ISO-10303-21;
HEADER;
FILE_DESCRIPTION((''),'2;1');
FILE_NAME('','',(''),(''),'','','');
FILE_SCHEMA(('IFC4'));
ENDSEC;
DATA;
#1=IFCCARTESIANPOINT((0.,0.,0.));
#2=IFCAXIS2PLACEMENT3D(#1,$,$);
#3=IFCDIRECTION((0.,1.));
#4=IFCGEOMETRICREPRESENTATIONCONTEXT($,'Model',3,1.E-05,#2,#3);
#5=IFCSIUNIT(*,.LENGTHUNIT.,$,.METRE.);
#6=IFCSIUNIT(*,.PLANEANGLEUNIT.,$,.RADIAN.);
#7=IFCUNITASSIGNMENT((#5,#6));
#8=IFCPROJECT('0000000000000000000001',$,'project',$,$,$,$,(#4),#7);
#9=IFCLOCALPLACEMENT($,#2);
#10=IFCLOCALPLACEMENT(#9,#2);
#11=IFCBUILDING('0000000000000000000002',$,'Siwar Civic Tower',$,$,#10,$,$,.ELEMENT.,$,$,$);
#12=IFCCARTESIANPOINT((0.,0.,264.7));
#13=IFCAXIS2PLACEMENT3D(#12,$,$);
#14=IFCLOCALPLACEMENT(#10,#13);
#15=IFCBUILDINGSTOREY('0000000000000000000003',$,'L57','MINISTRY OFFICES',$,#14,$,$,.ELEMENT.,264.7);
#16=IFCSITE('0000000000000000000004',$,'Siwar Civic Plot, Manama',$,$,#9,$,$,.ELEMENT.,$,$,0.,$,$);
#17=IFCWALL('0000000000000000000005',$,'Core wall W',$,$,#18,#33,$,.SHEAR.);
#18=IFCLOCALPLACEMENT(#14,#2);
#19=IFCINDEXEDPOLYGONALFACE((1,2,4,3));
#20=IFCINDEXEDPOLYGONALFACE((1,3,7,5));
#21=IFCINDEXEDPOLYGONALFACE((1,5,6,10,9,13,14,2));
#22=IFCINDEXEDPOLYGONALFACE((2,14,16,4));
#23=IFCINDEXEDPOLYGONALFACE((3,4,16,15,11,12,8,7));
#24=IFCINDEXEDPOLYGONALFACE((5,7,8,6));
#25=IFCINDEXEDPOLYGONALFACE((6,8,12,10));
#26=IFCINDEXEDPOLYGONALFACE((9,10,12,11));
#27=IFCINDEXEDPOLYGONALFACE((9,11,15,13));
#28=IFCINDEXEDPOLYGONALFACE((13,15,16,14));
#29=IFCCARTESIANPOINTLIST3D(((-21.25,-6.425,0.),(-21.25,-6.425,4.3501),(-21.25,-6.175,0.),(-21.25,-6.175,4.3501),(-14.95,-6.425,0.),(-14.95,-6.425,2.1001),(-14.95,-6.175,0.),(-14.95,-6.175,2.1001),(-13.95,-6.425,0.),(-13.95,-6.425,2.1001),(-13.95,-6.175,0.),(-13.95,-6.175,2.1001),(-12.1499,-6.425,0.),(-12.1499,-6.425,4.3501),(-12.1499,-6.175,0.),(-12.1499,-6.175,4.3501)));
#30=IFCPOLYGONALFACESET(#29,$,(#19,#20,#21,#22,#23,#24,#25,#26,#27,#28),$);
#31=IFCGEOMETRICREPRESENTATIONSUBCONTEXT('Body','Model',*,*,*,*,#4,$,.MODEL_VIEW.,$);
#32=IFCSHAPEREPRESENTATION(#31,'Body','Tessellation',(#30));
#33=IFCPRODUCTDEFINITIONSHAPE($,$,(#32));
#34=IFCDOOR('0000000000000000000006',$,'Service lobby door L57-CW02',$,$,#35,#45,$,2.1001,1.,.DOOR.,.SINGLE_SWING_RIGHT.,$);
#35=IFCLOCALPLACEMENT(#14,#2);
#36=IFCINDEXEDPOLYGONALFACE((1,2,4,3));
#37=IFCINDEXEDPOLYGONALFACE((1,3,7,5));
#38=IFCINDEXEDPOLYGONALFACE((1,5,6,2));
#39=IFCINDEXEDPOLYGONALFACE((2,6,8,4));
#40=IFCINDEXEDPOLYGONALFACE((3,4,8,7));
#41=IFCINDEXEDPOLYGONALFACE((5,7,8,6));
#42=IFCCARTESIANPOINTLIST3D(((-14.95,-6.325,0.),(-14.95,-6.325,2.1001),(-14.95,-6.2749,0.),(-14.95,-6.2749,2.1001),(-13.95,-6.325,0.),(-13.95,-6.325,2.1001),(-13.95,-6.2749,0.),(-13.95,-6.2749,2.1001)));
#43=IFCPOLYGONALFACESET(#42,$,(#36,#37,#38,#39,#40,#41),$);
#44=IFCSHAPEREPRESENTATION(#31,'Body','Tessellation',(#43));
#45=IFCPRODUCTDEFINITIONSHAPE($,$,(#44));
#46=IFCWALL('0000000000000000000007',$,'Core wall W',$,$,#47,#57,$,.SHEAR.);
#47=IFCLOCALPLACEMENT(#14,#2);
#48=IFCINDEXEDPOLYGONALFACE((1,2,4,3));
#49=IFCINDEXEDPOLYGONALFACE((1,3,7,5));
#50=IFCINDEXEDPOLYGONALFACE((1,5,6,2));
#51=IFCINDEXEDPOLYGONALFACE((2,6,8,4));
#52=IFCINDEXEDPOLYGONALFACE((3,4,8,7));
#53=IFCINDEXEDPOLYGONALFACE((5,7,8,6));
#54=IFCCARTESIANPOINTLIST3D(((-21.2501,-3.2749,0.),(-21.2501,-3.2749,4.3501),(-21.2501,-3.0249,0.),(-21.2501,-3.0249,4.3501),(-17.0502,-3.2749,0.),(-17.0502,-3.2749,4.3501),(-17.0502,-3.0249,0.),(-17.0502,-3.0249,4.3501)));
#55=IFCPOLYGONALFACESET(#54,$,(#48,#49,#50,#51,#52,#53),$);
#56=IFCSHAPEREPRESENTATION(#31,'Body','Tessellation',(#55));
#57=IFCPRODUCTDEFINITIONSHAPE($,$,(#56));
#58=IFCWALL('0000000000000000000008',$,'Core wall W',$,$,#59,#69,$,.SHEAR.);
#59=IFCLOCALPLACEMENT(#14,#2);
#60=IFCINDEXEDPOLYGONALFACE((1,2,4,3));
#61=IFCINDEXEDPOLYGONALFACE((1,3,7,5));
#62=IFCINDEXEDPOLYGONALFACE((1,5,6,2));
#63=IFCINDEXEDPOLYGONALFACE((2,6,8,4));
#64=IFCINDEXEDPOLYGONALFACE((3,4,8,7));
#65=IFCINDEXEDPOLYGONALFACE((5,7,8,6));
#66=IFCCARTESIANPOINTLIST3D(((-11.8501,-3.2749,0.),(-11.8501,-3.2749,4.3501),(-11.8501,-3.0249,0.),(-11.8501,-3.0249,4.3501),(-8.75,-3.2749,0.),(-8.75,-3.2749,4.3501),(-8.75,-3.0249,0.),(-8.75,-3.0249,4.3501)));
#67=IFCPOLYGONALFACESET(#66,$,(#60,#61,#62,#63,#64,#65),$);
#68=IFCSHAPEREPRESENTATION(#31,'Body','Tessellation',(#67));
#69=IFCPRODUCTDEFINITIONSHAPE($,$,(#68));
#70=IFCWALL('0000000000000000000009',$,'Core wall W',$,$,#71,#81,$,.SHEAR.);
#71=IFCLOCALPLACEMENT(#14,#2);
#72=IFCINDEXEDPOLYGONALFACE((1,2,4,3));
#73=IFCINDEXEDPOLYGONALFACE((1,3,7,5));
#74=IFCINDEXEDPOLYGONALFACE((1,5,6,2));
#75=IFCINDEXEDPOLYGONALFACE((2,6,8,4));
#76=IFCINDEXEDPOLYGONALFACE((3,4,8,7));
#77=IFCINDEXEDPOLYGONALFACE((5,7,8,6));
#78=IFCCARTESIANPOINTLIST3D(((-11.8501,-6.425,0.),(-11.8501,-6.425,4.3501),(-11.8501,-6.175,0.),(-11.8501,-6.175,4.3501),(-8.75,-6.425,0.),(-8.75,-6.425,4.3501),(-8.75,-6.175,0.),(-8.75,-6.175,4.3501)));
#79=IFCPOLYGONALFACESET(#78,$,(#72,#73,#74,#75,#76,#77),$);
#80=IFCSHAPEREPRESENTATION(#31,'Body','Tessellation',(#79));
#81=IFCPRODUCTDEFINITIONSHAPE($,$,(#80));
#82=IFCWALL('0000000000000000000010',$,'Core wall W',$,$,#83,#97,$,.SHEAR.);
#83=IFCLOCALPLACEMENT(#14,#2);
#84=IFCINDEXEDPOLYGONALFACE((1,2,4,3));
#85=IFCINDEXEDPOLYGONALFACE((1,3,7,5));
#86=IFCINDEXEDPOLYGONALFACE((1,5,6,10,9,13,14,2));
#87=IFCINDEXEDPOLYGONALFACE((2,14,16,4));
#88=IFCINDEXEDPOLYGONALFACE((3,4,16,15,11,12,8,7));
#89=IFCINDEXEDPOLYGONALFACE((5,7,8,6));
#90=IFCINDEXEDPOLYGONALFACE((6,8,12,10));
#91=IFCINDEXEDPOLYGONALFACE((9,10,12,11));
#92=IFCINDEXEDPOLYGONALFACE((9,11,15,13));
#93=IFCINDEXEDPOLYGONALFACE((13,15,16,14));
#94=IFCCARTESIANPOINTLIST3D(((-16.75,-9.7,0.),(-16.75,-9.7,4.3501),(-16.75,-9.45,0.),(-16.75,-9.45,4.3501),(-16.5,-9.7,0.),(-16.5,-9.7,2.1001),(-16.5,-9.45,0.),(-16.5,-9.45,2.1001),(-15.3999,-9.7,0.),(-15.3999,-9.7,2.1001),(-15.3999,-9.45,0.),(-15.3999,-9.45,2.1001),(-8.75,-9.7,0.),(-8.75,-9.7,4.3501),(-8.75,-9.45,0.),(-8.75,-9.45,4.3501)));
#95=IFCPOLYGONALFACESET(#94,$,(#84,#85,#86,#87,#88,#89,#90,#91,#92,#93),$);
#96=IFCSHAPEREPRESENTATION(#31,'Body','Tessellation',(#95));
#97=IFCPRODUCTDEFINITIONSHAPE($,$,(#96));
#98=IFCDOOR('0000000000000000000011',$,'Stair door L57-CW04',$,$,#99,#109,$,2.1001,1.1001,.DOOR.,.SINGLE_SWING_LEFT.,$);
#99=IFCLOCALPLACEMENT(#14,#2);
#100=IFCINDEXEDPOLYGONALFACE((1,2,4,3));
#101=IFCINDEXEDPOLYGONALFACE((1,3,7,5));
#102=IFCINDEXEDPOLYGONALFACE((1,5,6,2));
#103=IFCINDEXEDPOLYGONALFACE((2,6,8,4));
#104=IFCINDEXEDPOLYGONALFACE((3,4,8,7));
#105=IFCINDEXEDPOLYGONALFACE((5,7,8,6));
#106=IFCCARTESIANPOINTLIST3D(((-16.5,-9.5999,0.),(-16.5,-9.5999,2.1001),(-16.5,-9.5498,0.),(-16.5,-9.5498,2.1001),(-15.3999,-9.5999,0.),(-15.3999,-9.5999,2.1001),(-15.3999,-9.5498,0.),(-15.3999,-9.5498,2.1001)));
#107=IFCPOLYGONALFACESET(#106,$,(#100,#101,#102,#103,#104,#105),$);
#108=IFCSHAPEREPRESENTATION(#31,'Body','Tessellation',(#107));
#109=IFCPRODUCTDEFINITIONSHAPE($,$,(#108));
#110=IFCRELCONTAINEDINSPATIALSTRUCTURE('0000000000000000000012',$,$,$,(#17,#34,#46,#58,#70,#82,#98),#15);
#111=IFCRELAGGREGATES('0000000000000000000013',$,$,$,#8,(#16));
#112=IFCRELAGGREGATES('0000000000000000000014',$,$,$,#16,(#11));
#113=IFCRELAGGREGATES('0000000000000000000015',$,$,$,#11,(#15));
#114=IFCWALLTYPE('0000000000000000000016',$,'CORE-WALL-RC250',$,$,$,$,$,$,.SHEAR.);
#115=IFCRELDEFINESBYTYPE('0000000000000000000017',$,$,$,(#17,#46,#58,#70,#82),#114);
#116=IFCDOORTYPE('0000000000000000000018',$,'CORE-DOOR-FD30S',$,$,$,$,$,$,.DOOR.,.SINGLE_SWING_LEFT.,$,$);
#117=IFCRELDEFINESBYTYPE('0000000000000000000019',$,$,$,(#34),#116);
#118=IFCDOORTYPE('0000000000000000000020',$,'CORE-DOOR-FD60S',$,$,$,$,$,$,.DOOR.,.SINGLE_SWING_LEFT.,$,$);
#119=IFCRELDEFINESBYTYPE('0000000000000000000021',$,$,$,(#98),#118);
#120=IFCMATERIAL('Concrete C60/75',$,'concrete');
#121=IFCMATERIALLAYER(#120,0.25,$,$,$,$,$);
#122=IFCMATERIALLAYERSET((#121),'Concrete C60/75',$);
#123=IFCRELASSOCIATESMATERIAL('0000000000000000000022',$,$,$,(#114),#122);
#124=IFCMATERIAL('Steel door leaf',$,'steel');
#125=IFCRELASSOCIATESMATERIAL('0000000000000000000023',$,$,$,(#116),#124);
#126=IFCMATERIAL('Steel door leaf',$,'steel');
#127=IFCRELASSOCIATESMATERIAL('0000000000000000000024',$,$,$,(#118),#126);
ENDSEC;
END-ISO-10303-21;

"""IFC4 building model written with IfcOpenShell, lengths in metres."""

from ifc_helpers import new_model, si_unit, direction, frame, frame_2d, origin, place, context, subcontext, project, spatial, rectangle, extrude, material, layer, layer_set, type_object, element, fill, save


model = new_model("IFC4")

# Units and contexts
model_context = context("Model", 3, precision=1e-05, world=origin(), true_north=direction((0.0, 1.0)))
body_context = subcontext(model_context, "Body", "Model", "MODEL_VIEW")
ifc_project = project(units=[si_unit("LENGTHUNIT", "METRE"), si_unit("PLANEANGLEUNIT", "RADIAN")], contexts=[model_context])

# Site, building, storey
site_placement = place(None, origin())
site = spatial("IfcSite", under=ifc_project, at=site_placement, Name="Siwar Civic Plot, Manama", CompositionType="ELEMENT", RefElevation=0.0)
building_placement = place(site_placement, origin())
building = spatial("IfcBuilding", under=site, at=building_placement, Name="Siwar Civic Tower", CompositionType="ELEMENT")
storey_placement = place(building_placement, frame((0.0, 0.0, 264.7)))
storey = spatial("IfcBuildingStorey", under=building, at=storey_placement, Name="L57", Description="MINISTRY OFFICES", CompositionType="ELEMENT", Elevation=264.7)

# Wall, opening, door
ifc_material_1 = material(Name="Concrete C60/75", Category="concrete")
ifc_layer_1 = layer(ifc_material_1, 0.25)
ifc_layer_set_1 = layer_set([ifc_layer_1], Name="Concrete C60/75")
wall_type_1 = type_object("IfcWallType", Name="CORE-WALL-RC250", PredefinedType="SHEAR", material=ifc_layer_set_1)
wall_1_placement = place(storey_placement, frame((-12.1499, -6.3, 0.0), z_axis=(0.0, 0.0, 1.0), x_axis=(-1.0, 0.0, 0.0)))
wall_1 = element("IfcWall", 1, at=wall_1_placement, inside=storey, type_object=wall_type_1, Name="Core wall W", PredefinedType="SHEAR", context=body_context, shape_type="SweptSolid", body=[
    extrude(rectangle(XDim=9.1001, YDim=0.25, at=frame_2d((4.55, 0.0))), origin(), (0.0, 0.0, 1.0), 4.3501),
])
opening_1_placement = place(wall_1_placement, frame((1.8, 0.0, 0.0)))
opening_1 = element("IfcOpeningElement", 2, at=opening_1_placement, cuts=wall_1, PredefinedType="OPENING", context=body_context, shape_type="SweptSolid", body=[
    extrude(rectangle(XDim=1.0, YDim=2.1001, at=frame_2d((0.5, 1.05))), frame((0.0, 0.135, 0.0), z_axis=(0.0, -1.0, 0.0), x_axis=(1.0, 0.0, 0.0)), (0.0, 0.0, 1.0), 0.27),
])
ifc_material_2 = material(Name="Steel door leaf", Category="steel")
door_type_1 = type_object("IfcDoorType", Name="CORE-DOOR-FD30S", OperationType="SINGLE_SWING_LEFT", PredefinedType="DOOR", material=ifc_material_2)
door_1_placement = place(opening_1_placement, origin())
door_1 = element("IfcDoor", 3, at=door_1_placement, inside=storey, type_object=door_type_1, Name="Service lobby door L57-CW02", OperationType="SINGLE_SWING_RIGHT", OverallHeight=2.1001, OverallWidth=1.0, PredefinedType="DOOR", context=body_context, shape_type="SweptSolid", body=[
    extrude(rectangle(XDim=1.0, YDim=2.1001, at=frame_2d((0.5, 1.05))), frame((0.0, 0.0249, 0.0), z_axis=(0.0, -1.0, 0.0), x_axis=(1.0, 0.0, 0.0)), (0.0, 0.0, 1.0), 0.05),
])
fill(opening_1, door_1)

# Walls
wall_2_placement = place(storey_placement, frame((-17.05, -3.1499, 0.0), z_axis=(0.0, 0.0, 1.0), x_axis=(-1.0, 0.0, 0.0)))
element("IfcWall", 4, at=wall_2_placement, inside=storey, type_object=wall_type_1, Name="Core wall W", PredefinedType="SHEAR", context=body_context, shape_type="SweptSolid", body=[
    extrude(rectangle(XDim=4.2, YDim=0.25, at=frame_2d((2.1001, 0.0))), origin(), (0.0, 0.0, 1.0), 4.3501),
])
for number, where, z_axis, x_axis, name in (
    (5, (-8.75, -3.1499, 0.0), (0.0, 0.0, 1.0), (-1.0, 0.0, 0.0), "Core wall W"),
    (6, (-8.75, -6.3, 0.0), (0.0, 0.0, 1.0), (-1.0, 0.0, 0.0), "Core wall W"),
):
    element("IfcWall", number, at=place(storey_placement, frame(where, z_axis=z_axis, x_axis=x_axis)), inside=storey, type_object=wall_type_1, Name=name, PredefinedType="SHEAR", context=body_context, shape_type="SweptSolid", body=[
        extrude(rectangle(XDim=3.1001, YDim=0.25, at=frame_2d((1.55, 0.0))), origin(), (0.0, 0.0, 1.0), 4.3501),
    ])

# Wall, opening, door
wall_3_placement = place(storey_placement, frame((-8.75, -9.575, 0.0), z_axis=(0.0, 0.0, 1.0), x_axis=(-1.0, 0.0, 0.0)))
wall_3 = element("IfcWall", 7, at=wall_3_placement, inside=storey, type_object=wall_type_1, Name="Core wall W", PredefinedType="SHEAR", context=body_context, shape_type="SweptSolid", body=[
    extrude(rectangle(XDim=8.0, YDim=0.25, at=frame_2d((4.0, 0.0))), origin(), (0.0, 0.0, 1.0), 4.3501),
])
opening_2_placement = place(wall_3_placement, frame((6.6499, 0.0, 0.0)))
opening_2 = element("IfcOpeningElement", 8, at=opening_2_placement, cuts=wall_3, PredefinedType="OPENING", context=body_context, shape_type="SweptSolid", body=[
    extrude(rectangle(XDim=1.1001, YDim=2.1001, at=frame_2d((0.55, 1.05))), frame((0.0, 0.135, 0.0), z_axis=(0.0, -1.0, 0.0), x_axis=(1.0, 0.0, 0.0)), (0.0, 0.0, 1.0), 0.27),
])
ifc_material_3 = material(Name="Steel door leaf", Category="steel")
door_type_2 = type_object("IfcDoorType", Name="CORE-DOOR-FD60S", OperationType="SINGLE_SWING_LEFT", PredefinedType="DOOR", material=ifc_material_3)
door_2_placement = place(opening_2_placement, origin())
door_2 = element("IfcDoor", 9, at=door_2_placement, inside=storey, type_object=door_type_2, Name="Stair door L57-CW04", OperationType="SINGLE_SWING_LEFT", OverallHeight=2.1001, OverallWidth=1.1001, PredefinedType="DOOR", context=body_context, shape_type="SweptSolid", body=[
    extrude(rectangle(XDim=1.1001, YDim=2.1001, at=frame_2d((0.55, 1.05))), frame((0.0, 0.0249, 0.0), z_axis=(0.0, -1.0, 0.0), x_axis=(1.0, 0.0, 0.0)), (0.0, 0.0, 1.0), 0.05),
])
fill(opening_2, door_2)

save(model, "model.ifc")
